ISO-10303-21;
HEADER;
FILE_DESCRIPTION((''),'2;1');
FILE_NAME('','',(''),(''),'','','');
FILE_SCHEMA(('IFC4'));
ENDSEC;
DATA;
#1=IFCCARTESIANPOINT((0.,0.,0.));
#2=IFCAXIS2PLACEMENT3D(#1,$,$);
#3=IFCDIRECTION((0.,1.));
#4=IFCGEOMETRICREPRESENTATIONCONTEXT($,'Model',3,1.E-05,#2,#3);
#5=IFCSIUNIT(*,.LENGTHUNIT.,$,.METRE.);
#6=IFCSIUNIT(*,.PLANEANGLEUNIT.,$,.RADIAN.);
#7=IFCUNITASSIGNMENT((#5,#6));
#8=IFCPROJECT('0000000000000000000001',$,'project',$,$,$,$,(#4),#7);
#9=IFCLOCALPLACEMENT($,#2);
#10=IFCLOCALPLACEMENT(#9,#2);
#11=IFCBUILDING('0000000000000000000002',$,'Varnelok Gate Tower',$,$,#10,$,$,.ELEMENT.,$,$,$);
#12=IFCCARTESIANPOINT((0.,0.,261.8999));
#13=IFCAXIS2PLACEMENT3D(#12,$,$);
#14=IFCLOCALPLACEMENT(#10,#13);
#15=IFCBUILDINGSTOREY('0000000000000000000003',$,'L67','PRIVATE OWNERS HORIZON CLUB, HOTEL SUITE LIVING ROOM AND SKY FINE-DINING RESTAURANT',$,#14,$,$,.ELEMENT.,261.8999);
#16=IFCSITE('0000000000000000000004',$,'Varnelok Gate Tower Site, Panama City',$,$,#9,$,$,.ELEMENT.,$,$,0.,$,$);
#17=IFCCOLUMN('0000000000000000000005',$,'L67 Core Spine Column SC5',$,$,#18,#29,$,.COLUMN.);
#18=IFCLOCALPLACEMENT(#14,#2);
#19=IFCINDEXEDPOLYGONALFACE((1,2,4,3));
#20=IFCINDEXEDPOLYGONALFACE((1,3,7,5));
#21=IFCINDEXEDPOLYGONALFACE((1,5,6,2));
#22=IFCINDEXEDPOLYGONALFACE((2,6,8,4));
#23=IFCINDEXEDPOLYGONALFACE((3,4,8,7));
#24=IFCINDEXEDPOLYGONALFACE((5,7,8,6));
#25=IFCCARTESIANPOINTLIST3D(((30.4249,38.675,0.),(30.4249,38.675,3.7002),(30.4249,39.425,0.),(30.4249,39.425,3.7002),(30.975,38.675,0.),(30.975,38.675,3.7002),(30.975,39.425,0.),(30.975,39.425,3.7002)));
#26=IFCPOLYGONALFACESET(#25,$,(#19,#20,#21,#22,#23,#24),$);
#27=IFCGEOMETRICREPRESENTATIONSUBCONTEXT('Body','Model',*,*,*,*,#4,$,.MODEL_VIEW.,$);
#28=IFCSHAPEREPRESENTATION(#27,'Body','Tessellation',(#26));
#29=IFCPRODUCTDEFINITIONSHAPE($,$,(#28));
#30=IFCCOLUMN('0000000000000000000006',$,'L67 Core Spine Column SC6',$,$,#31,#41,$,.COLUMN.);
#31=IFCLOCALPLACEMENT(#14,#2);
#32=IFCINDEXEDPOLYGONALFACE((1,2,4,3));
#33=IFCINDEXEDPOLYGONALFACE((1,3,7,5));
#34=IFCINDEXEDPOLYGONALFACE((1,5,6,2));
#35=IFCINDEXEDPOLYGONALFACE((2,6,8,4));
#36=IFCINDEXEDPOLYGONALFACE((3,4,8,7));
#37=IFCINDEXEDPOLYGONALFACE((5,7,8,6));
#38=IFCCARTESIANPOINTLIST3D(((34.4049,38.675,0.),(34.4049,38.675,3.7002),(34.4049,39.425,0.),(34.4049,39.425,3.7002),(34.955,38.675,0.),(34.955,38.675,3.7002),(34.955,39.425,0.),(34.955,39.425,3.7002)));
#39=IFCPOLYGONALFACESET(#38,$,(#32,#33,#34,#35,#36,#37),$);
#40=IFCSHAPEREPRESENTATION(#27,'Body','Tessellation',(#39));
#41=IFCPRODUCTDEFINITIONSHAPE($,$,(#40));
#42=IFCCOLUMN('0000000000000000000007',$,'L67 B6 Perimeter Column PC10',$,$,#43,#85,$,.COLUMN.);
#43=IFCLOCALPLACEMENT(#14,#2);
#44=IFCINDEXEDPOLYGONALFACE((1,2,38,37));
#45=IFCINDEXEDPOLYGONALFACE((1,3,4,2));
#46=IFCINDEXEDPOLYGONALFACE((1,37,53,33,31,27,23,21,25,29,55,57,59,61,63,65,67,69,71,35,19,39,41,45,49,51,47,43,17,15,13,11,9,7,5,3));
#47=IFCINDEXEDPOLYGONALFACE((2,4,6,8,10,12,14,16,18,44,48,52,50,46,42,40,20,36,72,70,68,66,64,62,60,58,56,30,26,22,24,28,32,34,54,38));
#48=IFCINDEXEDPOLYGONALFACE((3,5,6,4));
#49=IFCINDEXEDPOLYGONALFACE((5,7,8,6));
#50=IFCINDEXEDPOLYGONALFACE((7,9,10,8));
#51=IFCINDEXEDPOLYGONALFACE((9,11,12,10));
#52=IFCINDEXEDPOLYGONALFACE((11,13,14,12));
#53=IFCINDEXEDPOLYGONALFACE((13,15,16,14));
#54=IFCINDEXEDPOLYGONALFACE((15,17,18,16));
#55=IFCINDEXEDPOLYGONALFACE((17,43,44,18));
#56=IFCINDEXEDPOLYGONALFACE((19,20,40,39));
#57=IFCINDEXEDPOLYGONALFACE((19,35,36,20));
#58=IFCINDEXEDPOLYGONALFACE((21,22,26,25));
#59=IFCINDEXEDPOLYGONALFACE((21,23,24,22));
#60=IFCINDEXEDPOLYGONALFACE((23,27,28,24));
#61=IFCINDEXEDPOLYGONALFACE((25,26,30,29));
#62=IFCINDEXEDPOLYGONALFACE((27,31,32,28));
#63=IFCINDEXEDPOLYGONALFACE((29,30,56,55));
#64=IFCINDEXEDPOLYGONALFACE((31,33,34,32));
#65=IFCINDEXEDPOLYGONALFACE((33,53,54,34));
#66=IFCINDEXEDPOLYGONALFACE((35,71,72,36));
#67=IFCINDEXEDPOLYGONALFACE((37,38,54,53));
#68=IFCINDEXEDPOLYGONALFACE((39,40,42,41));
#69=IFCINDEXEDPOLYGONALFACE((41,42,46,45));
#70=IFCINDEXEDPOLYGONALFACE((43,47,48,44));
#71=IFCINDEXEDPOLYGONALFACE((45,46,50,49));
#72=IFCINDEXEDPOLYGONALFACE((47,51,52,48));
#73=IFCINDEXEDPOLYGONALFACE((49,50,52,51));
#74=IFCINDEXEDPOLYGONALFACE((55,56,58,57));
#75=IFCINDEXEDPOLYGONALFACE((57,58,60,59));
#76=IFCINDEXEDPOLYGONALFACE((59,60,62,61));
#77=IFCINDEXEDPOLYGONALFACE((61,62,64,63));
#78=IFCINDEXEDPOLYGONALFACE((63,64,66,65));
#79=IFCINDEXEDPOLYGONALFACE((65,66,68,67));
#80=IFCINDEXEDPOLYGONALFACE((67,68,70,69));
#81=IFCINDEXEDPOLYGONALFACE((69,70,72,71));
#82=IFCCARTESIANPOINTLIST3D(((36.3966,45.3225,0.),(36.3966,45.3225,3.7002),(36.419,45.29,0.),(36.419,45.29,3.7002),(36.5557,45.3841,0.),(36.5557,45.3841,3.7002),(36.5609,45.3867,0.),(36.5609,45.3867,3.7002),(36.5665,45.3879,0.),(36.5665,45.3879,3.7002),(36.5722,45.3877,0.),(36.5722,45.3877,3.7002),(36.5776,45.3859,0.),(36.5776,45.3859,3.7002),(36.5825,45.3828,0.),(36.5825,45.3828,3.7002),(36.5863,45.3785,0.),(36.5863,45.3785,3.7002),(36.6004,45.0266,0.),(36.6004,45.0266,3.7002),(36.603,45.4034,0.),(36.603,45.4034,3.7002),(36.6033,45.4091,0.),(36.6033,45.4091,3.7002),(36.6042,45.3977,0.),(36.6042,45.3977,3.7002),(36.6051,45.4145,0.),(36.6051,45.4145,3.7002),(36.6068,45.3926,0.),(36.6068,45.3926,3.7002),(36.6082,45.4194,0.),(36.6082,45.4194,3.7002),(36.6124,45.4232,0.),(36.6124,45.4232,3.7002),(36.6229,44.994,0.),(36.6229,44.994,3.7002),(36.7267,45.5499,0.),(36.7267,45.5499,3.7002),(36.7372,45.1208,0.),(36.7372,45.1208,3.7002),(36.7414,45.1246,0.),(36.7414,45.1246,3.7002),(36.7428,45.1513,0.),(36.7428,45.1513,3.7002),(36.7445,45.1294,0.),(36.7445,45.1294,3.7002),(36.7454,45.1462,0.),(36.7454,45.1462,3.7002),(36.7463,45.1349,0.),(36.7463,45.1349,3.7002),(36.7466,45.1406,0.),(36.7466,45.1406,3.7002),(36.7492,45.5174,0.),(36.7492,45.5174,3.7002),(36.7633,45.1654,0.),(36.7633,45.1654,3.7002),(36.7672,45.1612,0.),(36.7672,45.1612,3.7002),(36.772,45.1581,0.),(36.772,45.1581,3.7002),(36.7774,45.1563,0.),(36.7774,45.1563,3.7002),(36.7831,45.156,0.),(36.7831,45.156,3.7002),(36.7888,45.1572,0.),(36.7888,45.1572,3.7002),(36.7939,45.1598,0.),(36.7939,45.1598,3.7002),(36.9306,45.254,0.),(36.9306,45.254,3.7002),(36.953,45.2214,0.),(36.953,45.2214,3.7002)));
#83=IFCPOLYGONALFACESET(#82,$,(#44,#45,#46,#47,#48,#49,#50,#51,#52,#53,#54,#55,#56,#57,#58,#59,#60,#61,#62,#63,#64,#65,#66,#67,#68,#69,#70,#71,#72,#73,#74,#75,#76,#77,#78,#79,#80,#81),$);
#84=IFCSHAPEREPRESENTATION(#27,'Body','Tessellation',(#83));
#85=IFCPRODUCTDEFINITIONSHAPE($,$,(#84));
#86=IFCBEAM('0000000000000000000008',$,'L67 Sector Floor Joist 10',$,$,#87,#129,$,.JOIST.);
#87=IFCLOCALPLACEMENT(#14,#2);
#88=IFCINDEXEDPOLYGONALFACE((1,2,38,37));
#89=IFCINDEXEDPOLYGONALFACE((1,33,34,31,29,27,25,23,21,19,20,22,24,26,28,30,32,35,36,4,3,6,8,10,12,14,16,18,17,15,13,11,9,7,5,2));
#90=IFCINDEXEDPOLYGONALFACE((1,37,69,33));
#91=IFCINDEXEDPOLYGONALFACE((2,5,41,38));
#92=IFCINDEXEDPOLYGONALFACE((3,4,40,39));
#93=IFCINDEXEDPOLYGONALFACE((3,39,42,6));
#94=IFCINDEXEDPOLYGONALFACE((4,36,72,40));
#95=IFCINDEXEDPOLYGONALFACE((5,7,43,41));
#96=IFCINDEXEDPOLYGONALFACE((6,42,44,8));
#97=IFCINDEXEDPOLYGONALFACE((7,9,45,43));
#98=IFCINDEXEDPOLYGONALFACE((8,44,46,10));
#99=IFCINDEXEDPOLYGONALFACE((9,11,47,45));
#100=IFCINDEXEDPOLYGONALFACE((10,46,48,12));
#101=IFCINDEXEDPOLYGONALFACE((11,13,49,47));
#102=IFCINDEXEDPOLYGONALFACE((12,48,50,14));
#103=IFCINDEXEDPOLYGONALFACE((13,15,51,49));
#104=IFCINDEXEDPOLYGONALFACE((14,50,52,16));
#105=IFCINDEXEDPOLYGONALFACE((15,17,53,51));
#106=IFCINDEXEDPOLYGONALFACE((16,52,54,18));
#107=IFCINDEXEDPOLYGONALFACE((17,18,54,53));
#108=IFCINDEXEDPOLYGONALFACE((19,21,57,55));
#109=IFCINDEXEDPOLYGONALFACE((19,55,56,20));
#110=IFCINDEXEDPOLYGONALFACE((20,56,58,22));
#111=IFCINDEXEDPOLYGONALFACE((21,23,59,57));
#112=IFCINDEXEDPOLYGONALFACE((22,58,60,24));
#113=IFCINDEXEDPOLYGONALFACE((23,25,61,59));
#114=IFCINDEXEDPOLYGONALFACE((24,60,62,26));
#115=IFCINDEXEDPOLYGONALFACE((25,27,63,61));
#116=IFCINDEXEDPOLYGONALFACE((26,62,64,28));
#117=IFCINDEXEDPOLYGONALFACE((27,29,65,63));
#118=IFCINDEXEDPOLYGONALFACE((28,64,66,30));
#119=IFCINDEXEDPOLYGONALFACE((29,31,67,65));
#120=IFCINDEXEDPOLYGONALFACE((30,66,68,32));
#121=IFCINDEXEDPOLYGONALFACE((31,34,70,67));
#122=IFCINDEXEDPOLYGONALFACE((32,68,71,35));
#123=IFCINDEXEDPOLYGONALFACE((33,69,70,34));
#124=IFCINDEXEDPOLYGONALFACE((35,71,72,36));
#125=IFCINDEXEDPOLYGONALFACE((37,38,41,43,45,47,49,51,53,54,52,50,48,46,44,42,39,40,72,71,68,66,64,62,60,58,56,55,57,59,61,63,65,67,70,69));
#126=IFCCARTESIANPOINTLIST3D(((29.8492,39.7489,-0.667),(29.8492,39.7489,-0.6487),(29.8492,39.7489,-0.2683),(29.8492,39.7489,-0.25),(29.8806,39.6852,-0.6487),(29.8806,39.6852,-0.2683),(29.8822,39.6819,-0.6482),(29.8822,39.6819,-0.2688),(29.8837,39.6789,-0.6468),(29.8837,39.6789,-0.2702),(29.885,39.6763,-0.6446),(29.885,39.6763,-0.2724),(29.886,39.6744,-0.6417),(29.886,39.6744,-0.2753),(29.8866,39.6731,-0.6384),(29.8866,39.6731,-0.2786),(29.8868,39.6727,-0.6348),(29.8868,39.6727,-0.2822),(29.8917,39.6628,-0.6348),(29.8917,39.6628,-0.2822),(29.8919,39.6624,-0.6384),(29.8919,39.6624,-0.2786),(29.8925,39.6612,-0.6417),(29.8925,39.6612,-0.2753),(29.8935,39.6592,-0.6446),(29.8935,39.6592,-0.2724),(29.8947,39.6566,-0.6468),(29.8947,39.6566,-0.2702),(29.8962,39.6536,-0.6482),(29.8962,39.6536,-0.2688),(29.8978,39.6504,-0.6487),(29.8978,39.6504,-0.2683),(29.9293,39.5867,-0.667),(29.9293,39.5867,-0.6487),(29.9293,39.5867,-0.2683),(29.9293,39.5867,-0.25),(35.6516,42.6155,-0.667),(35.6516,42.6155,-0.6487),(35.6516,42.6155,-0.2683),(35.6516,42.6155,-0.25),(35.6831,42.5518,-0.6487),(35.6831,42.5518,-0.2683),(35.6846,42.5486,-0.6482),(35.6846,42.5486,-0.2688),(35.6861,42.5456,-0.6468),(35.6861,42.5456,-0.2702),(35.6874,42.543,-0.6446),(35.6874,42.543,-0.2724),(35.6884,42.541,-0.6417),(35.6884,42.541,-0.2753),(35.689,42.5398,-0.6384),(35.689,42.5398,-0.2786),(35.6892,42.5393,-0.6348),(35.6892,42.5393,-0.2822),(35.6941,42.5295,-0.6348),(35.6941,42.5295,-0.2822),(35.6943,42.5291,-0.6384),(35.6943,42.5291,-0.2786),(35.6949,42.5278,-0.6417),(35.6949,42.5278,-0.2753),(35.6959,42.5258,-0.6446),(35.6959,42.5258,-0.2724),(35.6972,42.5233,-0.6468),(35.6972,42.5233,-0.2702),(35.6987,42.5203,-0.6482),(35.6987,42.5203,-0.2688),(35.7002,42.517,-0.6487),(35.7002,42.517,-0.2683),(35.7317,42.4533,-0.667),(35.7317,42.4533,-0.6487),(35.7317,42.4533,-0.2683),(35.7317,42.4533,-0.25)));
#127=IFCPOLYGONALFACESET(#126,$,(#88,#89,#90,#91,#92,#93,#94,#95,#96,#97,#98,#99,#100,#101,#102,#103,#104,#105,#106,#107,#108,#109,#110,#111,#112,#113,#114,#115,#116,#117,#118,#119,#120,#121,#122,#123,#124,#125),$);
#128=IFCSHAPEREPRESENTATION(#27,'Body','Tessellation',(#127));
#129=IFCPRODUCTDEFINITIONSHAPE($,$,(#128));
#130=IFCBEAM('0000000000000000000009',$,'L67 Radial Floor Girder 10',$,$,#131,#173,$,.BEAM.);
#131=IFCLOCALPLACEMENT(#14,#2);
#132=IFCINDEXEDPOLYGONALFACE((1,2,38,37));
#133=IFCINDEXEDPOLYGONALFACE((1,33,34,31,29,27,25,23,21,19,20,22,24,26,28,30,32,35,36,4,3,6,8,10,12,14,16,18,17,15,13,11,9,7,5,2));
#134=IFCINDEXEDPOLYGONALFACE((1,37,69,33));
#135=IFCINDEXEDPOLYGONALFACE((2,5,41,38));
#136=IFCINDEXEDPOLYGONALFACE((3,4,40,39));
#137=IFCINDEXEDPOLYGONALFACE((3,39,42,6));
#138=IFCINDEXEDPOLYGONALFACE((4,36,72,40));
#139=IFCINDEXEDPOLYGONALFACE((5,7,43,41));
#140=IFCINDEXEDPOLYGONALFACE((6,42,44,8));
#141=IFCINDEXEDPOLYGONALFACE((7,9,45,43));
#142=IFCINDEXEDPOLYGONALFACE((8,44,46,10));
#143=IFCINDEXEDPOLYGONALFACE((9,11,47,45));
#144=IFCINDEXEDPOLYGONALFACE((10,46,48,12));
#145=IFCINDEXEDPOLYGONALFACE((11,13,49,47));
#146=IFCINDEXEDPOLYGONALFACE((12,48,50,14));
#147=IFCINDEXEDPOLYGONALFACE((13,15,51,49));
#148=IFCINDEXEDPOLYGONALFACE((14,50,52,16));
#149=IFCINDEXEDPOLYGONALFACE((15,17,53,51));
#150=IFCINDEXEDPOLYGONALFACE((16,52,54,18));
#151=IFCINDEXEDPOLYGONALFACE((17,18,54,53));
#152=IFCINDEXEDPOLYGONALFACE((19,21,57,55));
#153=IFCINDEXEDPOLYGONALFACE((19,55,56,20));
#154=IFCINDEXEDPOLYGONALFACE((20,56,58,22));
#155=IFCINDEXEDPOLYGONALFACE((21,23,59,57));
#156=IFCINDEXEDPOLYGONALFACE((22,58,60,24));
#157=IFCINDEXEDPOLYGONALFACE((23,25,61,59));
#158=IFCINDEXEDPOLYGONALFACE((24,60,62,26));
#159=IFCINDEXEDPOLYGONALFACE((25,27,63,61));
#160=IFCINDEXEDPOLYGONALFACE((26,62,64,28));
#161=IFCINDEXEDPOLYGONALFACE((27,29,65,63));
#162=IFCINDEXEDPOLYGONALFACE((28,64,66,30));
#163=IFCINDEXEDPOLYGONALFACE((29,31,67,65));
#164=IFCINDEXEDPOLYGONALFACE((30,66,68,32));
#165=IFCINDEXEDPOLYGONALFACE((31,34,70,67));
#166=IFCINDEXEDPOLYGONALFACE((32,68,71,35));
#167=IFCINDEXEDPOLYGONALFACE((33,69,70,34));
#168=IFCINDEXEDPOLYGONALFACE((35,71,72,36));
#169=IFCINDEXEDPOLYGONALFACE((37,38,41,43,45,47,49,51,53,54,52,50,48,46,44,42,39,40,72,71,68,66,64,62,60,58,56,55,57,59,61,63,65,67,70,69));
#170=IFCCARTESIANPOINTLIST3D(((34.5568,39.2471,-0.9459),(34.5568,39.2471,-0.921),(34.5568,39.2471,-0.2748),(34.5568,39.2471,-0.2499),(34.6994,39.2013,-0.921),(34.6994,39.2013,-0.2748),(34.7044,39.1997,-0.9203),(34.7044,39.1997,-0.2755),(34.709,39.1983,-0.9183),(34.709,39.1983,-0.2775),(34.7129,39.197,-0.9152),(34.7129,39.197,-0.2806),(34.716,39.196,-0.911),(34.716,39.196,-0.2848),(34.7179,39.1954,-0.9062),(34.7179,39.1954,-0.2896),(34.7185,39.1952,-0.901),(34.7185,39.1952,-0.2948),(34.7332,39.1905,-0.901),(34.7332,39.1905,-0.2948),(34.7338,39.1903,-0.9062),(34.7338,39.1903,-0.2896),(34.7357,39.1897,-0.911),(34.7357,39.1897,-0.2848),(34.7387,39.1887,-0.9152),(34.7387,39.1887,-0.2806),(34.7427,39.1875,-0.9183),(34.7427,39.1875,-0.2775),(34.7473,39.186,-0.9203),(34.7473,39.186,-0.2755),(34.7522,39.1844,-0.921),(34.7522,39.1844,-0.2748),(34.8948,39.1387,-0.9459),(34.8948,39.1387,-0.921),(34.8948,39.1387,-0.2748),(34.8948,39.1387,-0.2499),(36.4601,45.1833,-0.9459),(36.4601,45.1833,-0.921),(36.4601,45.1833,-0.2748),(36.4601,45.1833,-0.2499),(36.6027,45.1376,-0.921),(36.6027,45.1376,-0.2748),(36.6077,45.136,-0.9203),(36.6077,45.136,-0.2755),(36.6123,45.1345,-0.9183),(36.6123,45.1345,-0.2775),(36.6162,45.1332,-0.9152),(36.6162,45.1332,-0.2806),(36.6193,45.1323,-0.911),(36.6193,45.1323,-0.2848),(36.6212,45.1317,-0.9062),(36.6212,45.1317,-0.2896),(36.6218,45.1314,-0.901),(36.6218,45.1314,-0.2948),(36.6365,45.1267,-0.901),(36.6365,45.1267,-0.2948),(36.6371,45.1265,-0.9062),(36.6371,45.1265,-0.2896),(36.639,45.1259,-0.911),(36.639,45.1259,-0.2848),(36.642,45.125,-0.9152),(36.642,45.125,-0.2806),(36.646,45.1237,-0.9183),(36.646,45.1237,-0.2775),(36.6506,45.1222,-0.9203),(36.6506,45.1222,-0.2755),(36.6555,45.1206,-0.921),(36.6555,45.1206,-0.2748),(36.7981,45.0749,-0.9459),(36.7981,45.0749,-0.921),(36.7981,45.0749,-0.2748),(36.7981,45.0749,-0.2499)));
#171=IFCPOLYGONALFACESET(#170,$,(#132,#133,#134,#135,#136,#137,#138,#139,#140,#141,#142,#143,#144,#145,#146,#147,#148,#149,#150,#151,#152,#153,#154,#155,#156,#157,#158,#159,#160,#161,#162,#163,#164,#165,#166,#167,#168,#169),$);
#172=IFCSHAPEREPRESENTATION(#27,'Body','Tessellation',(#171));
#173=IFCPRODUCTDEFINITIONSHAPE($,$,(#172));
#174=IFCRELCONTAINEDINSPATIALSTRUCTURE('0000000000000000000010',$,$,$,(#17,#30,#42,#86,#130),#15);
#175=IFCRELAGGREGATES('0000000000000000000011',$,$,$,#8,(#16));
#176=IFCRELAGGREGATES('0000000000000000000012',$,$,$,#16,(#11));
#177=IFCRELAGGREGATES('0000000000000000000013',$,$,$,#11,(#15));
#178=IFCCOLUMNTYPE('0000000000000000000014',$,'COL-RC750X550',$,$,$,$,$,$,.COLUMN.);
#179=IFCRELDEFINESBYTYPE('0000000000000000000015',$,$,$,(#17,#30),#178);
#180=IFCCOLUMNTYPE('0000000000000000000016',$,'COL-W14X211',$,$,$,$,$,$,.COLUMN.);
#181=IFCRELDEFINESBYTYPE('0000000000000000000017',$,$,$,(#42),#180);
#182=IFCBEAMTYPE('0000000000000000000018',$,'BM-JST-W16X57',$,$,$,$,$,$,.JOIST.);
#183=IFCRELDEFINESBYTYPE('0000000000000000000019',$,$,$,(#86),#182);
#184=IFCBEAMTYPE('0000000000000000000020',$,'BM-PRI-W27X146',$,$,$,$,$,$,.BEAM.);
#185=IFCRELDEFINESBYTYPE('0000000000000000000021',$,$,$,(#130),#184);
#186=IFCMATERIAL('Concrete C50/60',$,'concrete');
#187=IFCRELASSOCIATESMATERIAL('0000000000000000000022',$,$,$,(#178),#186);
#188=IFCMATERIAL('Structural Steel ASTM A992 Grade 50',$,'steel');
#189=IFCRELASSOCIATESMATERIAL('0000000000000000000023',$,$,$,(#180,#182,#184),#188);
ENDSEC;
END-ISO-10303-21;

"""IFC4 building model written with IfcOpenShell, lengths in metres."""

from ifc_helpers import new_model, si_unit, direction, frame, origin, origin_2d, place, context, subcontext, project, spatial, rectangle, i_section, extrude, material, material_profile, profile_set, type_object, element, save


model = new_model("IFC4")

# Units and contexts
model_context = context("Model", 3, precision=1e-05, world=origin(), true_north=direction((0.0, 1.0)))
body_context = subcontext(model_context, "Body", "Model", "MODEL_VIEW")
ifc_project = project(units=[si_unit("LENGTHUNIT", "METRE"), si_unit("PLANEANGLEUNIT", "RADIAN")], contexts=[model_context])

# Site, building, storey
site_placement = place(None, origin())
site = spatial("IfcSite", under=ifc_project, at=site_placement, Name="Varnelok Gate Tower Site, Panama City", CompositionType="ELEMENT", RefElevation=0.0)
building_placement = place(site_placement, origin())
building = spatial("IfcBuilding", under=site, at=building_placement, Name="Varnelok Gate Tower", CompositionType="ELEMENT")
storey_placement = place(building_placement, frame((0.0, 0.0, 261.8999)))
storey = spatial("IfcBuildingStorey", under=building, at=storey_placement, Name="L67", Description="PRIVATE OWNERS HORIZON CLUB, HOTEL SUITE LIVING ROOM AND SKY FINE-DINING RESTAURANT", CompositionType="ELEMENT", Elevation=261.8999)

# Columns
ifc_material_1 = material(Name="Concrete C50/60", Category="concrete")
ifc_material_profile_1 = material_profile(ifc_material_1, rectangle(XDim=0.55, YDim=0.75, at=origin_2d()), Name="RC750X550")
ifc_profile_set_1 = profile_set([ifc_material_profile_1], Name="Concrete C50/60")
column_type_1 = type_object("IfcColumnType", Name="COL-RC750X550", PredefinedType="COLUMN", material=ifc_profile_set_1)
for number, where, z_axis, x_axis, name in (
    (1, (30.7, 39.05, 0.0), (0.0, 0.0, 1.0), (1.0, 0.0, 0.0), "L67 Core Spine Column SC5"),
    (2, (34.6799, 39.05, 0.0), (0.0, 0.0, 1.0), (1.0, 0.0, 0.0), "L67 Core Spine Column SC6"),
):
    element("IfcColumn", number, at=place(storey_placement, frame(where, z_axis=z_axis, x_axis=x_axis)), inside=storey, type_object=column_type_1, Name=name, PredefinedType="COLUMN", context=body_context, shape_type="SweptSolid", body=[
        extrude(rectangle(XDim=0.55, YDim=0.75, at=origin_2d()), origin(), (0.0, 0.0, 1.0), 3.7002),
    ])
ifc_material_2 = material(Name="Structural Steel ASTM A992 Grade 50", Category="steel")
ifc_material_profile_2 = material_profile(ifc_material_2, i_section(OverallWidth=0.4009, OverallDepth=0.3989, WebThickness=0.0249, FlangeThickness=0.0396, FilletRadius=0.022, at=origin_2d()), Name="W14X211")
ifc_profile_set_2 = profile_set([ifc_material_profile_2], Name="Structural Steel ASTM A992 Grade 50")
column_type_2 = type_object("IfcColumnType", Name="COL-W14X211", PredefinedType="COLUMN", material=ifc_profile_set_2)
column_placement = place(storey_placement, frame((36.6748, 45.272, 0.0), z_axis=(0.0, 0.0, 1.0), x_axis=(0.823533, 0.567269, 0.0)))
element("IfcColumn", 3, at=column_placement, inside=storey, type_object=column_type_2, Name="L67 B6 Perimeter Column PC10", PredefinedType="COLUMN", context=body_context, shape_type="SweptSolid", body=[
    extrude(i_section(OverallWidth=0.4009, OverallDepth=0.3989, WebThickness=0.0249, FlangeThickness=0.0396, FilletRadius=0.022, at=origin_2d()), origin(), (0.0, 0.0, 1.0), 3.7002),
])

# Beams
ifc_material_profile_3 = material_profile(ifc_material_2, i_section(OverallWidth=0.1809, OverallDepth=0.417, WebThickness=0.011, FlangeThickness=0.0183, FilletRadius=0.0139, at=origin_2d()), Name="W16X57")
ifc_profile_set_3 = profile_set([ifc_material_profile_3], Name="Structural Steel ASTM A992 Grade 50")
beam_type_1 = type_object("IfcBeamType", Name="BM-JST-W16X57", PredefinedType="JOIST", material=ifc_profile_set_3)
beam_1_placement = place(storey_placement, frame((35.6917, 42.5344, -0.4585), z_axis=(-0.896552, -0.442938, 0.0), x_axis=(0.442938, -0.896552, 0.0)))
element("IfcBeam", 4, at=beam_1_placement, inside=storey, type_object=beam_type_1, Name="L67 Sector Floor Joist 10", PredefinedType="JOIST", context=body_context, shape_type="SweptSolid", body=[
    extrude(i_section(OverallWidth=0.1809, OverallDepth=0.417, WebThickness=0.011, FlangeThickness=0.0183, FilletRadius=0.0139, at=origin_2d()), origin(), (0.0, 0.0, 1.0), 6.4719),
])
ifc_material_profile_4 = material_profile(ifc_material_2, i_section(OverallWidth=0.355, OverallDepth=0.696, WebThickness=0.0154, FlangeThickness=0.0249, FilletRadius=0.02, at=origin_2d()), Name="W27X146")
ifc_profile_set_4 = profile_set([ifc_material_profile_4], Name="Structural Steel ASTM A992 Grade 50")
beam_type_2 = type_object("IfcBeamType", Name="BM-PRI-W27X146", PredefinedType="BEAM", material=ifc_profile_set_4)
beam_2_placement = place(storey_placement, frame((34.7258, 39.1929, -0.5979), z_axis=(0.305316, 0.952251, 0.0), x_axis=(-0.952251, 0.305316, 0.0)))
element("IfcBeam", 5, at=beam_2_placement, inside=storey, type_object=beam_type_2, Name="L67 Radial Floor Girder 10", PredefinedType="BEAM", context=body_context, shape_type="SweptSolid", body=[
    extrude(i_section(OverallWidth=0.355, OverallDepth=0.696, WebThickness=0.0154, FlangeThickness=0.0249, FilletRadius=0.02, at=origin_2d()), origin(), (0.0, 0.0, 1.0), 6.2339),
])

save(model, "model.ifc")
